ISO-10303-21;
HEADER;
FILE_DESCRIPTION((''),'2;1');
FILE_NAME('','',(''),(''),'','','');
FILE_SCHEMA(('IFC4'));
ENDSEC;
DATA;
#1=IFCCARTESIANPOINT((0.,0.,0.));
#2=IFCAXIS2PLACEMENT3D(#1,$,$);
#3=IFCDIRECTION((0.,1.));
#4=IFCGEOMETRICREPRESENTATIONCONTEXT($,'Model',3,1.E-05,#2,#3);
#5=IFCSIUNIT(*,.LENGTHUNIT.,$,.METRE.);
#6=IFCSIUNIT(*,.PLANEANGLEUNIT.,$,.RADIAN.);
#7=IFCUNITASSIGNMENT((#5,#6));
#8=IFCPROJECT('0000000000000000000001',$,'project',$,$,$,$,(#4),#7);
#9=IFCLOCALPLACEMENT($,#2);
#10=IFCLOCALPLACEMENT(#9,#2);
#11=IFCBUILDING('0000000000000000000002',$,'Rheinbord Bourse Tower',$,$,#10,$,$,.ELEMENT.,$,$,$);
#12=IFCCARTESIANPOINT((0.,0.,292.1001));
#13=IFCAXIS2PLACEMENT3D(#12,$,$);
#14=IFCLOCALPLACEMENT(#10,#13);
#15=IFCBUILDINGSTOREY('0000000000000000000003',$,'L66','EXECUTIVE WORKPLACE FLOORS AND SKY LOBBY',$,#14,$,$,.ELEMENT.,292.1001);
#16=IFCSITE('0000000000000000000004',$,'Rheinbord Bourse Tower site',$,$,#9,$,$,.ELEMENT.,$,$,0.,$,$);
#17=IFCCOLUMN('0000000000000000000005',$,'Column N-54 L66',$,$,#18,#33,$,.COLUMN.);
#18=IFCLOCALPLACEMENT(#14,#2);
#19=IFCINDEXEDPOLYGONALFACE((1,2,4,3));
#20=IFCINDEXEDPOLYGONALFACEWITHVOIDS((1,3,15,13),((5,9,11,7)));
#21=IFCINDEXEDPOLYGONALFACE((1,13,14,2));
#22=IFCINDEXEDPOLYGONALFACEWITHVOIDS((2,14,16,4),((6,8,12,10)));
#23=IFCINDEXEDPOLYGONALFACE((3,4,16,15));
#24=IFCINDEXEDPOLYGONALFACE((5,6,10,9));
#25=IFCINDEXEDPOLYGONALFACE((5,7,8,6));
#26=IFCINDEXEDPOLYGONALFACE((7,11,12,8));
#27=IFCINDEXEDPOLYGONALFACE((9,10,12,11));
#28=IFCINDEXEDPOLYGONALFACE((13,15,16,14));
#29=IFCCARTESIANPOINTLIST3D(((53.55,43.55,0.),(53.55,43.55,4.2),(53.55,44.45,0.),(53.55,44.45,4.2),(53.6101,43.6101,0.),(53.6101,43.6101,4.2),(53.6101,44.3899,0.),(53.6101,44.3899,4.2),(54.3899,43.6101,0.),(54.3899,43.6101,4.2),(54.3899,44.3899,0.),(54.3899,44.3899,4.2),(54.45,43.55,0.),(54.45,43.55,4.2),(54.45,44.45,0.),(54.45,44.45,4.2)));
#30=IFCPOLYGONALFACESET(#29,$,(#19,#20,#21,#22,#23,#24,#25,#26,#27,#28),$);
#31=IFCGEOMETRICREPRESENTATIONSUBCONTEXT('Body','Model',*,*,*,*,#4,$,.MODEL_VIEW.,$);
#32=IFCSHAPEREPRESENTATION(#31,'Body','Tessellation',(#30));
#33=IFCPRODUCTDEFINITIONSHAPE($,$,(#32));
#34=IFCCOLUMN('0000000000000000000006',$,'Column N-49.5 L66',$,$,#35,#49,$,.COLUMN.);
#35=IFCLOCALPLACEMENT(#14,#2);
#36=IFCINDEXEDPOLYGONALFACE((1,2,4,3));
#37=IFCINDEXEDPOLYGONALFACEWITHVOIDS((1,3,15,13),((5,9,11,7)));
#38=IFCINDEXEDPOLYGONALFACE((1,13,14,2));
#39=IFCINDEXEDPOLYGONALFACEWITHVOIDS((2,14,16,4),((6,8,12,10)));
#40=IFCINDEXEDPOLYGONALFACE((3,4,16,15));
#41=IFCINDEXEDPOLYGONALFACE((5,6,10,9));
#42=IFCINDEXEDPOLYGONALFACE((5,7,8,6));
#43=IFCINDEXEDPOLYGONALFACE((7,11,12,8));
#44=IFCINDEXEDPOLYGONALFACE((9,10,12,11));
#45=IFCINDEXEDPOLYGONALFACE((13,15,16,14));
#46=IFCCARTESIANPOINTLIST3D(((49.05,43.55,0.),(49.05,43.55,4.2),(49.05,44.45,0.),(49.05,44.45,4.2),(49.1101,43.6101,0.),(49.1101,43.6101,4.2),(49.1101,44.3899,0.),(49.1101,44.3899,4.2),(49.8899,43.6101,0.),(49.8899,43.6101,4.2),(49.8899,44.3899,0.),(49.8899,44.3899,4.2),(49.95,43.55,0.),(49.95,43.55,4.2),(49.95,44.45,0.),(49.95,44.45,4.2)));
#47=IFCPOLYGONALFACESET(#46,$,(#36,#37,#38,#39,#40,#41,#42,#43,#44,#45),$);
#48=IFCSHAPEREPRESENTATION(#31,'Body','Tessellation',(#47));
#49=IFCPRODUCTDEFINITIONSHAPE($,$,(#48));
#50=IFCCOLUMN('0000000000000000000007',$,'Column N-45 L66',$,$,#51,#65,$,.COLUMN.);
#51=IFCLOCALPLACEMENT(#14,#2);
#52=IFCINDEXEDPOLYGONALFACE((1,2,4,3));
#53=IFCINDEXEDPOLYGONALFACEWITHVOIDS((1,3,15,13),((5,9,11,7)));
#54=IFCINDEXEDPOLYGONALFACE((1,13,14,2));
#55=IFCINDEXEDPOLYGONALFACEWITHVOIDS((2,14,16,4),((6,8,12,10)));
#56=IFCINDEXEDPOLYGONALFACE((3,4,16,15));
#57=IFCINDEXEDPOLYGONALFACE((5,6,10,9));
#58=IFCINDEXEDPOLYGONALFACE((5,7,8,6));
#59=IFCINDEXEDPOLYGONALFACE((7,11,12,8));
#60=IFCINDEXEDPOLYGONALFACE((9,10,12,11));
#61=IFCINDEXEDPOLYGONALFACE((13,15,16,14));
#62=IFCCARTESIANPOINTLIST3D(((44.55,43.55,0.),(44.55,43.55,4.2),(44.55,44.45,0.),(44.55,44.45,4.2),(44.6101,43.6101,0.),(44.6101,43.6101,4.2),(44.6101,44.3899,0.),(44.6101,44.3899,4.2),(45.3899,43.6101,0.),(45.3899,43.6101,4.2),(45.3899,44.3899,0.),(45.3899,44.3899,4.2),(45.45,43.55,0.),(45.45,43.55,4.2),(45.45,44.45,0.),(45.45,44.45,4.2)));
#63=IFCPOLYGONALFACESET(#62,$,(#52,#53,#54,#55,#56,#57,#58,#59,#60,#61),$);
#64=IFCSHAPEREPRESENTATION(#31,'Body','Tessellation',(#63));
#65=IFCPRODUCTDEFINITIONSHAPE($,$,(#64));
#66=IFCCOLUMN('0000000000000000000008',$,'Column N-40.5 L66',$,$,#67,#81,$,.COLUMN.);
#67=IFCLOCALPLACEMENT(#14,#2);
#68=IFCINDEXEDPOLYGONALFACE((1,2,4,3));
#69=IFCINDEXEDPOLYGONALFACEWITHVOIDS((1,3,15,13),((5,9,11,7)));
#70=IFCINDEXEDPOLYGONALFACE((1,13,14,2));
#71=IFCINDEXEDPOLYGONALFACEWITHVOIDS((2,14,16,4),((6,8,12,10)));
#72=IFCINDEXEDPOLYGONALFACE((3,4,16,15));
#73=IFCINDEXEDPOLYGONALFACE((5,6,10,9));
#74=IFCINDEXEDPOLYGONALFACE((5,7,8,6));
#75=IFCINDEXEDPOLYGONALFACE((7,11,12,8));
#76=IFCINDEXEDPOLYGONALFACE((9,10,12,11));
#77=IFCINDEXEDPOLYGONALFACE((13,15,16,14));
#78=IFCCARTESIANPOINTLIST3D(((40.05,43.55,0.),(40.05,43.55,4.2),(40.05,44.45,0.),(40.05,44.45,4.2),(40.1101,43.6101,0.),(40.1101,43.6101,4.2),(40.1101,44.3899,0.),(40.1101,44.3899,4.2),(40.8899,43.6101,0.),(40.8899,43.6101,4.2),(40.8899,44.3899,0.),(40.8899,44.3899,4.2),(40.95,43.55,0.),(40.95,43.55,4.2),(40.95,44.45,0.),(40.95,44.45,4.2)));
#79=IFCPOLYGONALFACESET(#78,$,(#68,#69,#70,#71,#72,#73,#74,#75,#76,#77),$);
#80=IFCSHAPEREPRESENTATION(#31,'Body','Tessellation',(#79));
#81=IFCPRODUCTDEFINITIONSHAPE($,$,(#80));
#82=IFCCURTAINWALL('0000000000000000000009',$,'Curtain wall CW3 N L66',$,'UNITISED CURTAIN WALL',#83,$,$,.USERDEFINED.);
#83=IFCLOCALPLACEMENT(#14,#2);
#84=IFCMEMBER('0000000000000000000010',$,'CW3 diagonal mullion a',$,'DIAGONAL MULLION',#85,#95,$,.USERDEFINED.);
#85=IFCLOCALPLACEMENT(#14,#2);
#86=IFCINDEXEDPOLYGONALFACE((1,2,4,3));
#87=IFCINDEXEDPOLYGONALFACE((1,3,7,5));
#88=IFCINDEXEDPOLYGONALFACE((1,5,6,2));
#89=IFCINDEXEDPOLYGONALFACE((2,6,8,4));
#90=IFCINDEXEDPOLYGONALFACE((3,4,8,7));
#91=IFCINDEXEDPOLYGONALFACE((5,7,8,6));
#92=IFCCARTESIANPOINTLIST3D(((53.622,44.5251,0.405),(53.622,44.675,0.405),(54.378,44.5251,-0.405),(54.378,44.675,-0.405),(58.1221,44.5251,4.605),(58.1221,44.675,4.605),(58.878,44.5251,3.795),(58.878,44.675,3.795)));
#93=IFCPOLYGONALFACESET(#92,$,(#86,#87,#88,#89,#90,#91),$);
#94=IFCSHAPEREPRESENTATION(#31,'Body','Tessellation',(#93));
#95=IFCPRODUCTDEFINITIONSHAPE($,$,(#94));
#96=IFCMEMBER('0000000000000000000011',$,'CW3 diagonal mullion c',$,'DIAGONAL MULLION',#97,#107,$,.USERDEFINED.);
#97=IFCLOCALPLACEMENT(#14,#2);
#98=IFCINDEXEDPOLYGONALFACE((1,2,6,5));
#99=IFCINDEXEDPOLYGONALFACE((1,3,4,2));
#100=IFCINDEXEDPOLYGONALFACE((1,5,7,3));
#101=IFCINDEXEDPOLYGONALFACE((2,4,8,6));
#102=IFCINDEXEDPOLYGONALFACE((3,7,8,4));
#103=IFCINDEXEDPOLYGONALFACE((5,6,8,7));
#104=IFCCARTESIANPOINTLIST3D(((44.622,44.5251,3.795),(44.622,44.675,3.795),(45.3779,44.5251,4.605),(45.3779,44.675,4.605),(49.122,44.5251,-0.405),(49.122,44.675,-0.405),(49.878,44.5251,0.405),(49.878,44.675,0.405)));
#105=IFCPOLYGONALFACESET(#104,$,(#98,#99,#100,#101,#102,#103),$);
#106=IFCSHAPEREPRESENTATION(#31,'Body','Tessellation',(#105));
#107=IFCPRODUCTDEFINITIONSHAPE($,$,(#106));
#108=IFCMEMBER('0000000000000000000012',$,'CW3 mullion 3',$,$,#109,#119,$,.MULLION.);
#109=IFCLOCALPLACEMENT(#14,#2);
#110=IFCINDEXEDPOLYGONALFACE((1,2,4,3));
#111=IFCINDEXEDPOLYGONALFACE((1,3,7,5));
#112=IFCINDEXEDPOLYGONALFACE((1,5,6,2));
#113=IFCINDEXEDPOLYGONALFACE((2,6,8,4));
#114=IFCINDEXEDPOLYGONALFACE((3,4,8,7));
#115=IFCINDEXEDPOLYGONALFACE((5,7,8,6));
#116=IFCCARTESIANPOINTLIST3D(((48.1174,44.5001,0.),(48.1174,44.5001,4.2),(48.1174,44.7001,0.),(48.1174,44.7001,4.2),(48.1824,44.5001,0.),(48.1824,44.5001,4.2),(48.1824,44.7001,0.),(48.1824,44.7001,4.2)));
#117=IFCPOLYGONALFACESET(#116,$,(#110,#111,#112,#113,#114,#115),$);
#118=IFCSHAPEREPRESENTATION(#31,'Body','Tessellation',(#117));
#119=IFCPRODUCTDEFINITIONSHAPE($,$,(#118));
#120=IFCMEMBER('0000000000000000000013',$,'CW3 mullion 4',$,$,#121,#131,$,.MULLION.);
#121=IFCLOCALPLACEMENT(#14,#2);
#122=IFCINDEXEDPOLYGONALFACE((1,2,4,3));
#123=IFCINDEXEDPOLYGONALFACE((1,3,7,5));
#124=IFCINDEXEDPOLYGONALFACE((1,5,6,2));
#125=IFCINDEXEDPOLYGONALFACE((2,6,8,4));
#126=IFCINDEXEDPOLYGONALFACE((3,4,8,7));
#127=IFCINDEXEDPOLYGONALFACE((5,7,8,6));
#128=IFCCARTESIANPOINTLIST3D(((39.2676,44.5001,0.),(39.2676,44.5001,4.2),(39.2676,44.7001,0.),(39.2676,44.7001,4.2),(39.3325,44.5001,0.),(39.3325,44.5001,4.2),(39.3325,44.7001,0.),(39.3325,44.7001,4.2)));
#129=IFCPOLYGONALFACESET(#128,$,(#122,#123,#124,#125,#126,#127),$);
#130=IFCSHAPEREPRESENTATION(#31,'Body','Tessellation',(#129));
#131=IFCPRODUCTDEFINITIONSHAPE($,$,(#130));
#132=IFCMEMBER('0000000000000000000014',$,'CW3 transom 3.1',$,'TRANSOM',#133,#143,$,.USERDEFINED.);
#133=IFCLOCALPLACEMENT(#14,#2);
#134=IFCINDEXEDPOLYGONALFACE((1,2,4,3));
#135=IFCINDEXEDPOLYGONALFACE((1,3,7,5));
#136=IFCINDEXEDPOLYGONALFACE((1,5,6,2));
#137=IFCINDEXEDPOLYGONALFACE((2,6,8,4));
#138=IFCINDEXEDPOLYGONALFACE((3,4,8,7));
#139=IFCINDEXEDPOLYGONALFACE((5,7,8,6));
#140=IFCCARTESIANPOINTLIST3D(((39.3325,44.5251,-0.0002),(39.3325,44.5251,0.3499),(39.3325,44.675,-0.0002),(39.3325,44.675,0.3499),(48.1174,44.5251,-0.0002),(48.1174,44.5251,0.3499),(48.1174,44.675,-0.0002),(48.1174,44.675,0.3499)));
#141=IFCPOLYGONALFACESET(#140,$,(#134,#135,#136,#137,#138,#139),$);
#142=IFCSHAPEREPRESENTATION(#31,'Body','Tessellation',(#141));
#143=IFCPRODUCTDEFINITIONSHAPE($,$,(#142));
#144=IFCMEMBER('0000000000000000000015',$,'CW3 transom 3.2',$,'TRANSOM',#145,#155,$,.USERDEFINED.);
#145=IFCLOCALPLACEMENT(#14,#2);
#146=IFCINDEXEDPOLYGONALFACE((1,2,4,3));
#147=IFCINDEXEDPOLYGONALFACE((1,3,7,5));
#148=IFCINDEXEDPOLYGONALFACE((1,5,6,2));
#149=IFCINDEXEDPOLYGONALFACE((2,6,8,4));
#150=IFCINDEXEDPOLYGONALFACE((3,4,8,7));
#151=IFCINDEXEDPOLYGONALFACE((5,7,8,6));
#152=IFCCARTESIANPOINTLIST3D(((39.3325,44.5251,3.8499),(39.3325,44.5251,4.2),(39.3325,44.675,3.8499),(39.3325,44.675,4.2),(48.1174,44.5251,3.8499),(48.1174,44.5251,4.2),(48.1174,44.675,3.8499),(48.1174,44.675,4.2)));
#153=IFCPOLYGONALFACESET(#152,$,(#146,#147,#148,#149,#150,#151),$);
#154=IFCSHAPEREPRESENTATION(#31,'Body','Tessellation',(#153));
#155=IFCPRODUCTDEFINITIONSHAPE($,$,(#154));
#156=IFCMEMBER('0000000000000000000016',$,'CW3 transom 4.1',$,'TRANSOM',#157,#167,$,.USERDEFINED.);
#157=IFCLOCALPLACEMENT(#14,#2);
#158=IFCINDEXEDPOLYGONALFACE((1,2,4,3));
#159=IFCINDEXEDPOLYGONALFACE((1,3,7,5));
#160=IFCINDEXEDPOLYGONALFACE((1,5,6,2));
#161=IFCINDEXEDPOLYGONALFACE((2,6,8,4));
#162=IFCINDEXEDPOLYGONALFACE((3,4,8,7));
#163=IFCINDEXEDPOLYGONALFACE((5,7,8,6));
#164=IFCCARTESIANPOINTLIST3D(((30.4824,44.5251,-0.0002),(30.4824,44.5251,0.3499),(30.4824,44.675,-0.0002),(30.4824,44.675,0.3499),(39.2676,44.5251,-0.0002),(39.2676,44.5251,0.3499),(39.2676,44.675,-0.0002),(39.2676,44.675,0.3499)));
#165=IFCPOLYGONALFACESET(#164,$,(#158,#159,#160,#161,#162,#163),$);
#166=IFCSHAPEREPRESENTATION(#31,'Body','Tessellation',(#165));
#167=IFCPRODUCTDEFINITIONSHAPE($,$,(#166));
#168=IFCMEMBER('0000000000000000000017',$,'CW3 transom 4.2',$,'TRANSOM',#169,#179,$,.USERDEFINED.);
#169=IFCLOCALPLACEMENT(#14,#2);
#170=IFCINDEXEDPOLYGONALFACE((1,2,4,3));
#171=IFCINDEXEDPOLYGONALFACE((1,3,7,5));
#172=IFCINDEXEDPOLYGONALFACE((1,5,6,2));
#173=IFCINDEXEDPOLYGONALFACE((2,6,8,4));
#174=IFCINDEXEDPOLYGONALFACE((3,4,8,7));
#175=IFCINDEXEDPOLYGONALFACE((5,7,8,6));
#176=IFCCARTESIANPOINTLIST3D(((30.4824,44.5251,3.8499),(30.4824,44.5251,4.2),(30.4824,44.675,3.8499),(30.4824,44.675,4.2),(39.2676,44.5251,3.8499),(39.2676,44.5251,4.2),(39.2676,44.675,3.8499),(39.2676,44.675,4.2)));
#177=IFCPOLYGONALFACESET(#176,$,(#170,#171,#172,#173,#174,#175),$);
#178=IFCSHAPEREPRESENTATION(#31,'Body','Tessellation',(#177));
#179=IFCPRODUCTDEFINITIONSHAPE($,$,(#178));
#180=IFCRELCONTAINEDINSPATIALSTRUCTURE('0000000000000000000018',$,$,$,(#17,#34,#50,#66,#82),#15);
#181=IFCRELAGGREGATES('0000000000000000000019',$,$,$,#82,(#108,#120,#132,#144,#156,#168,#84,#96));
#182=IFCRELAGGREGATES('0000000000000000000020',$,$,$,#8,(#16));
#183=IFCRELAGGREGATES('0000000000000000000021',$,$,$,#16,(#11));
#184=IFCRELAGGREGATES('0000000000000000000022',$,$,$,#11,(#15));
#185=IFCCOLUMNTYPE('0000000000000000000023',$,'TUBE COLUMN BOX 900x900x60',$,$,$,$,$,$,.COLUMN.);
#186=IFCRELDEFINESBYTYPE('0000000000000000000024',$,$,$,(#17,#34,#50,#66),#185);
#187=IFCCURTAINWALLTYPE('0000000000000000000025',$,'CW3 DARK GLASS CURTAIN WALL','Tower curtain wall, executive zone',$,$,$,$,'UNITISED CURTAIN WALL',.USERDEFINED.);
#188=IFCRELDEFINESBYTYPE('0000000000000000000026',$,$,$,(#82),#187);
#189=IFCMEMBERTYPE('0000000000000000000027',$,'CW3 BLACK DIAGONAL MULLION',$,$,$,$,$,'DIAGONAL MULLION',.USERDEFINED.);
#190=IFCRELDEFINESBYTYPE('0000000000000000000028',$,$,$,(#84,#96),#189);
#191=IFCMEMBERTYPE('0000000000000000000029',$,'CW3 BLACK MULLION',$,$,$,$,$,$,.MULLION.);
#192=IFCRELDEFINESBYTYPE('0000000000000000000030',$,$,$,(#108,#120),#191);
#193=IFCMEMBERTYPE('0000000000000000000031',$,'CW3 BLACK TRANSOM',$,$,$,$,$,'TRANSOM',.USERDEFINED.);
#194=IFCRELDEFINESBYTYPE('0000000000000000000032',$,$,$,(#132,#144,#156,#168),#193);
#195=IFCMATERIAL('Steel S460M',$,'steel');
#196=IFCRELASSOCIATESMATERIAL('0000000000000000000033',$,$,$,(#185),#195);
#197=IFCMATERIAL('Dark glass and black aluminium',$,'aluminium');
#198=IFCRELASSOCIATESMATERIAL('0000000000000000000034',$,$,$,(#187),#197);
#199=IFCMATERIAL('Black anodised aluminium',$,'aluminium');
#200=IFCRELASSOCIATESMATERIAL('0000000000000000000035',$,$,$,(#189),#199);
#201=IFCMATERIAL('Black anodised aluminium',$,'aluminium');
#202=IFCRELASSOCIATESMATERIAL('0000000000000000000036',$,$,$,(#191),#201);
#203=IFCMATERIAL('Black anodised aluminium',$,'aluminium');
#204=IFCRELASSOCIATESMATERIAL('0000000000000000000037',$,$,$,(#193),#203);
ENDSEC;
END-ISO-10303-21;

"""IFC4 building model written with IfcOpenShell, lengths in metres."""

from ifc_helpers import new_model, si_unit, direction, frame, origin, origin_2d, place, context, subcontext, project, spatial, rectangle, hollow_rectangle, extrude, material, material_profile, profile_set, type_object, element, aggregate, save


model = new_model("IFC4")

# Units and contexts
model_context = context("Model", 3, precision=1e-05, world=origin(), true_north=direction((0.0, 1.0)))
body_context = subcontext(model_context, "Body", "Model", "MODEL_VIEW")
ifc_project = project(units=[si_unit("LENGTHUNIT", "METRE"), si_unit("PLANEANGLEUNIT", "RADIAN")], contexts=[model_context])

# Site, building, storey
site_placement = place(None, origin())
site = spatial("IfcSite", under=ifc_project, at=site_placement, Name="Rheinbord Bourse Tower site", CompositionType="ELEMENT", RefElevation=0.0)
building_placement = place(site_placement, origin())
building = spatial("IfcBuilding", under=site, at=building_placement, Name="Rheinbord Bourse Tower", CompositionType="ELEMENT")
storey_placement = place(building_placement, frame((0.0, 0.0, 292.1001)))
storey = spatial("IfcBuildingStorey", under=building, at=storey_placement, Name="L66", Description="EXECUTIVE WORKPLACE FLOORS AND SKY LOBBY", CompositionType="ELEMENT", Elevation=292.1001)

# Columns
ifc_material_1 = material(Name="Steel S460M", Category="steel")
ifc_material_profile_1 = material_profile(ifc_material_1, hollow_rectangle(XDim=0.8999, YDim=0.8999, WallThickness=0.0601, at=origin_2d()), Name="BOX 900x900x60")
ifc_profile_set_1 = profile_set([ifc_material_profile_1], Name="Steel S460M")
column_type = type_object("IfcColumnType", Name="TUBE COLUMN BOX 900x900x60", PredefinedType="COLUMN", material=ifc_profile_set_1)
for number, where, z_axis, x_axis, name in (
    (1, (54.0, 44.0, 0.0), (0.0, 0.0, 1.0), (0.0, 1.0, 0.0), "Column N-54 L66"),
    (2, (49.5, 44.0, 0.0), (0.0, 0.0, 1.0), (0.0, 1.0, 0.0), "Column N-49.5 L66"),
    (3, (45.0, 44.0, 0.0), (0.0, 0.0, 1.0), (0.0, 1.0, 0.0), "Column N-45 L66"),
    (4, (40.5, 44.0, 0.0), (0.0, 0.0, 1.0), (0.0, 1.0, 0.0), "Column N-40.5 L66"),
):
    element("IfcColumn", number, at=place(storey_placement, frame(where, z_axis=z_axis, x_axis=x_axis)), inside=storey, type_object=column_type, Name=name, PredefinedType="COLUMN", context=body_context, shape_type="SweptSolid", body=[
        extrude(hollow_rectangle(XDim=0.8999, YDim=0.8999, WallThickness=0.0601, at=origin_2d()), origin(), (0.0, 0.0, 1.0), 4.2),
    ])

# Curtain wall, members
ifc_material_2 = material(Name="Dark glass and black aluminium", Category="aluminium")
curtain_wall_type = type_object("IfcCurtainWallType", Name="CW3 DARK GLASS CURTAIN WALL", Description="Tower curtain wall, executive zone", ElementType="UNITISED CURTAIN WALL", PredefinedType="USERDEFINED", material=ifc_material_2)
curtain_wall_placement = place(storey_placement, origin())
curtain_wall = element("IfcCurtainWall", 5, at=curtain_wall_placement, inside=storey, type_object=curtain_wall_type, Name="Curtain wall CW3 N L66", ObjectType="UNITISED CURTAIN WALL", PredefinedType="USERDEFINED")
ifc_material_3 = material(Name="Black anodised aluminium", Category="aluminium")
ifc_material_profile_2 = material_profile(ifc_material_3, rectangle(XDim=0.1499, YDim=1.1079, at=origin_2d()), Name="CW3 DIAGONAL MULLION 1108x150")
ifc_profile_set_2 = profile_set([ifc_material_profile_2], Name="Black anodised aluminium")
member_type_1 = type_object("IfcMemberType", Name="CW3 BLACK DIAGONAL MULLION", ElementType="DIAGONAL MULLION", PredefinedType="USERDEFINED", material=ifc_profile_set_2)
member_1_placement = place(storey_placement, frame((54.0, 44.6001, 0.0), z_axis=(0.731059, 0.0, 0.682314), x_axis=(0.0, 1.0, 0.0)))
member_1 = element("IfcMember", 6, at=member_1_placement, type_object=member_type_1, Name="CW3 diagonal mullion a", ObjectType="DIAGONAL MULLION", PredefinedType="USERDEFINED", context=body_context, shape_type="SweptSolid", body=[
    extrude(rectangle(XDim=0.1499, YDim=1.1079, at=origin_2d()), origin(), (0.0, 0.0, 1.0), 6.1555),
])
member_2_placement = place(storey_placement, frame((49.5, 44.6001, 0.0), z_axis=(-0.731059, 0.0, 0.682314), x_axis=(0.0, -1.0, 0.0)))
member_2 = element("IfcMember", 7, at=member_2_placement, type_object=member_type_1, Name="CW3 diagonal mullion c", ObjectType="DIAGONAL MULLION", PredefinedType="USERDEFINED", context=body_context, shape_type="SweptSolid", body=[
    extrude(rectangle(XDim=0.1499, YDim=1.1079, at=origin_2d()), origin(), (0.0, 0.0, 1.0), 6.1555),
])
ifc_material_4 = material(Name="Black anodised aluminium", Category="aluminium")
ifc_material_profile_3 = material_profile(ifc_material_4, rectangle(XDim=0.2, YDim=0.0649, at=origin_2d()), Name="CW3 MULLION 65x200")
ifc_profile_set_3 = profile_set([ifc_material_profile_3], Name="Black anodised aluminium")
member_type_2 = type_object("IfcMemberType", Name="CW3 BLACK MULLION", PredefinedType="MULLION", material=ifc_profile_set_3)
member_3_placement = place(storey_placement, frame((48.1499, 44.6001, 0.0), z_axis=(0.0, 0.0, 1.0), x_axis=(0.0, -1.0, 0.0)))
member_3 = element("IfcMember", 8, at=member_3_placement, type_object=member_type_2, Name="CW3 mullion 3", PredefinedType="MULLION", context=body_context, shape_type="SweptSolid", body=[
    extrude(rectangle(XDim=0.2, YDim=0.0649, at=origin_2d()), origin(), (0.0, 0.0, 1.0), 4.2),
])
member_4_placement = place(storey_placement, frame((39.3, 44.6001, 0.0), z_axis=(0.0, 0.0, 1.0), x_axis=(0.0, -1.0, 0.0)))
member_4 = element("IfcMember", 9, at=member_4_placement, type_object=member_type_2, Name="CW3 mullion 4", PredefinedType="MULLION", context=body_context, shape_type="SweptSolid", body=[
    extrude(rectangle(XDim=0.2, YDim=0.0649, at=origin_2d()), origin(), (0.0, 0.0, 1.0), 4.2),
])
ifc_material_5 = material(Name="Black anodised aluminium", Category="aluminium")
ifc_material_profile_4 = material_profile(ifc_material_5, rectangle(XDim=0.1499, YDim=0.3501, at=origin_2d()), Name="CW3 TRANSOM 350x150")
ifc_profile_set_4 = profile_set([ifc_material_profile_4], Name="Black anodised aluminium")
member_type_3 = type_object("IfcMemberType", Name="CW3 BLACK TRANSOM", ElementType="TRANSOM", PredefinedType="USERDEFINED", material=ifc_profile_set_4)
member_5_placement = place(storey_placement, frame((48.1174, 44.6001, 0.1748), z_axis=(-1.0, 0.0, 0.0), x_axis=(0.0, -1.0, 0.0)))
member_5 = element("IfcMember", 10, at=member_5_placement, type_object=member_type_3, Name="CW3 transom 3.1", ObjectType="TRANSOM", PredefinedType="USERDEFINED", context=body_context, shape_type="SweptSolid", body=[
    extrude(rectangle(XDim=0.1499, YDim=0.3501, at=origin_2d()), origin(), (0.0, 0.0, 1.0), 8.7849),
])
member_6_placement = place(storey_placement, frame((48.1174, 44.6001, 4.0249), z_axis=(-1.0, 0.0, 0.0), x_axis=(0.0, -1.0, 0.0)))
member_6 = element("IfcMember", 11, at=member_6_placement, type_object=member_type_3, Name="CW3 transom 3.2", ObjectType="TRANSOM", PredefinedType="USERDEFINED", context=body_context, shape_type="SweptSolid", body=[
    extrude(rectangle(XDim=0.1499, YDim=0.3501, at=origin_2d()), origin(), (0.0, 0.0, 1.0), 8.7849),
])
member_7_placement = place(storey_placement, frame((39.2676, 44.6001, 0.1748), z_axis=(-1.0, 0.0, 0.0), x_axis=(0.0, -1.0, 0.0)))
member_7 = element("IfcMember", 12, at=member_7_placement, type_object=member_type_3, Name="CW3 transom 4.1", ObjectType="TRANSOM", PredefinedType="USERDEFINED", context=body_context, shape_type="SweptSolid", body=[
    extrude(rectangle(XDim=0.1499, YDim=0.3501, at=origin_2d()), origin(), (0.0, 0.0, 1.0), 8.7852),
])
member_8_placement = place(storey_placement, frame((39.2676, 44.6001, 4.0249), z_axis=(-1.0, 0.0, 0.0), x_axis=(0.0, -1.0, 0.0)))
member_8 = element("IfcMember", 13, at=member_8_placement, type_object=member_type_3, Name="CW3 transom 4.2", ObjectType="TRANSOM", PredefinedType="USERDEFINED", context=body_context, shape_type="SweptSolid", body=[
    extrude(rectangle(XDim=0.1499, YDim=0.3501, at=origin_2d()), origin(), (0.0, 0.0, 1.0), 8.7852),
])

aggregate(curtain_wall, [member_3, member_4, member_5, member_6, member_7, member_8, member_1, member_2])

save(model, "model.ifc")
